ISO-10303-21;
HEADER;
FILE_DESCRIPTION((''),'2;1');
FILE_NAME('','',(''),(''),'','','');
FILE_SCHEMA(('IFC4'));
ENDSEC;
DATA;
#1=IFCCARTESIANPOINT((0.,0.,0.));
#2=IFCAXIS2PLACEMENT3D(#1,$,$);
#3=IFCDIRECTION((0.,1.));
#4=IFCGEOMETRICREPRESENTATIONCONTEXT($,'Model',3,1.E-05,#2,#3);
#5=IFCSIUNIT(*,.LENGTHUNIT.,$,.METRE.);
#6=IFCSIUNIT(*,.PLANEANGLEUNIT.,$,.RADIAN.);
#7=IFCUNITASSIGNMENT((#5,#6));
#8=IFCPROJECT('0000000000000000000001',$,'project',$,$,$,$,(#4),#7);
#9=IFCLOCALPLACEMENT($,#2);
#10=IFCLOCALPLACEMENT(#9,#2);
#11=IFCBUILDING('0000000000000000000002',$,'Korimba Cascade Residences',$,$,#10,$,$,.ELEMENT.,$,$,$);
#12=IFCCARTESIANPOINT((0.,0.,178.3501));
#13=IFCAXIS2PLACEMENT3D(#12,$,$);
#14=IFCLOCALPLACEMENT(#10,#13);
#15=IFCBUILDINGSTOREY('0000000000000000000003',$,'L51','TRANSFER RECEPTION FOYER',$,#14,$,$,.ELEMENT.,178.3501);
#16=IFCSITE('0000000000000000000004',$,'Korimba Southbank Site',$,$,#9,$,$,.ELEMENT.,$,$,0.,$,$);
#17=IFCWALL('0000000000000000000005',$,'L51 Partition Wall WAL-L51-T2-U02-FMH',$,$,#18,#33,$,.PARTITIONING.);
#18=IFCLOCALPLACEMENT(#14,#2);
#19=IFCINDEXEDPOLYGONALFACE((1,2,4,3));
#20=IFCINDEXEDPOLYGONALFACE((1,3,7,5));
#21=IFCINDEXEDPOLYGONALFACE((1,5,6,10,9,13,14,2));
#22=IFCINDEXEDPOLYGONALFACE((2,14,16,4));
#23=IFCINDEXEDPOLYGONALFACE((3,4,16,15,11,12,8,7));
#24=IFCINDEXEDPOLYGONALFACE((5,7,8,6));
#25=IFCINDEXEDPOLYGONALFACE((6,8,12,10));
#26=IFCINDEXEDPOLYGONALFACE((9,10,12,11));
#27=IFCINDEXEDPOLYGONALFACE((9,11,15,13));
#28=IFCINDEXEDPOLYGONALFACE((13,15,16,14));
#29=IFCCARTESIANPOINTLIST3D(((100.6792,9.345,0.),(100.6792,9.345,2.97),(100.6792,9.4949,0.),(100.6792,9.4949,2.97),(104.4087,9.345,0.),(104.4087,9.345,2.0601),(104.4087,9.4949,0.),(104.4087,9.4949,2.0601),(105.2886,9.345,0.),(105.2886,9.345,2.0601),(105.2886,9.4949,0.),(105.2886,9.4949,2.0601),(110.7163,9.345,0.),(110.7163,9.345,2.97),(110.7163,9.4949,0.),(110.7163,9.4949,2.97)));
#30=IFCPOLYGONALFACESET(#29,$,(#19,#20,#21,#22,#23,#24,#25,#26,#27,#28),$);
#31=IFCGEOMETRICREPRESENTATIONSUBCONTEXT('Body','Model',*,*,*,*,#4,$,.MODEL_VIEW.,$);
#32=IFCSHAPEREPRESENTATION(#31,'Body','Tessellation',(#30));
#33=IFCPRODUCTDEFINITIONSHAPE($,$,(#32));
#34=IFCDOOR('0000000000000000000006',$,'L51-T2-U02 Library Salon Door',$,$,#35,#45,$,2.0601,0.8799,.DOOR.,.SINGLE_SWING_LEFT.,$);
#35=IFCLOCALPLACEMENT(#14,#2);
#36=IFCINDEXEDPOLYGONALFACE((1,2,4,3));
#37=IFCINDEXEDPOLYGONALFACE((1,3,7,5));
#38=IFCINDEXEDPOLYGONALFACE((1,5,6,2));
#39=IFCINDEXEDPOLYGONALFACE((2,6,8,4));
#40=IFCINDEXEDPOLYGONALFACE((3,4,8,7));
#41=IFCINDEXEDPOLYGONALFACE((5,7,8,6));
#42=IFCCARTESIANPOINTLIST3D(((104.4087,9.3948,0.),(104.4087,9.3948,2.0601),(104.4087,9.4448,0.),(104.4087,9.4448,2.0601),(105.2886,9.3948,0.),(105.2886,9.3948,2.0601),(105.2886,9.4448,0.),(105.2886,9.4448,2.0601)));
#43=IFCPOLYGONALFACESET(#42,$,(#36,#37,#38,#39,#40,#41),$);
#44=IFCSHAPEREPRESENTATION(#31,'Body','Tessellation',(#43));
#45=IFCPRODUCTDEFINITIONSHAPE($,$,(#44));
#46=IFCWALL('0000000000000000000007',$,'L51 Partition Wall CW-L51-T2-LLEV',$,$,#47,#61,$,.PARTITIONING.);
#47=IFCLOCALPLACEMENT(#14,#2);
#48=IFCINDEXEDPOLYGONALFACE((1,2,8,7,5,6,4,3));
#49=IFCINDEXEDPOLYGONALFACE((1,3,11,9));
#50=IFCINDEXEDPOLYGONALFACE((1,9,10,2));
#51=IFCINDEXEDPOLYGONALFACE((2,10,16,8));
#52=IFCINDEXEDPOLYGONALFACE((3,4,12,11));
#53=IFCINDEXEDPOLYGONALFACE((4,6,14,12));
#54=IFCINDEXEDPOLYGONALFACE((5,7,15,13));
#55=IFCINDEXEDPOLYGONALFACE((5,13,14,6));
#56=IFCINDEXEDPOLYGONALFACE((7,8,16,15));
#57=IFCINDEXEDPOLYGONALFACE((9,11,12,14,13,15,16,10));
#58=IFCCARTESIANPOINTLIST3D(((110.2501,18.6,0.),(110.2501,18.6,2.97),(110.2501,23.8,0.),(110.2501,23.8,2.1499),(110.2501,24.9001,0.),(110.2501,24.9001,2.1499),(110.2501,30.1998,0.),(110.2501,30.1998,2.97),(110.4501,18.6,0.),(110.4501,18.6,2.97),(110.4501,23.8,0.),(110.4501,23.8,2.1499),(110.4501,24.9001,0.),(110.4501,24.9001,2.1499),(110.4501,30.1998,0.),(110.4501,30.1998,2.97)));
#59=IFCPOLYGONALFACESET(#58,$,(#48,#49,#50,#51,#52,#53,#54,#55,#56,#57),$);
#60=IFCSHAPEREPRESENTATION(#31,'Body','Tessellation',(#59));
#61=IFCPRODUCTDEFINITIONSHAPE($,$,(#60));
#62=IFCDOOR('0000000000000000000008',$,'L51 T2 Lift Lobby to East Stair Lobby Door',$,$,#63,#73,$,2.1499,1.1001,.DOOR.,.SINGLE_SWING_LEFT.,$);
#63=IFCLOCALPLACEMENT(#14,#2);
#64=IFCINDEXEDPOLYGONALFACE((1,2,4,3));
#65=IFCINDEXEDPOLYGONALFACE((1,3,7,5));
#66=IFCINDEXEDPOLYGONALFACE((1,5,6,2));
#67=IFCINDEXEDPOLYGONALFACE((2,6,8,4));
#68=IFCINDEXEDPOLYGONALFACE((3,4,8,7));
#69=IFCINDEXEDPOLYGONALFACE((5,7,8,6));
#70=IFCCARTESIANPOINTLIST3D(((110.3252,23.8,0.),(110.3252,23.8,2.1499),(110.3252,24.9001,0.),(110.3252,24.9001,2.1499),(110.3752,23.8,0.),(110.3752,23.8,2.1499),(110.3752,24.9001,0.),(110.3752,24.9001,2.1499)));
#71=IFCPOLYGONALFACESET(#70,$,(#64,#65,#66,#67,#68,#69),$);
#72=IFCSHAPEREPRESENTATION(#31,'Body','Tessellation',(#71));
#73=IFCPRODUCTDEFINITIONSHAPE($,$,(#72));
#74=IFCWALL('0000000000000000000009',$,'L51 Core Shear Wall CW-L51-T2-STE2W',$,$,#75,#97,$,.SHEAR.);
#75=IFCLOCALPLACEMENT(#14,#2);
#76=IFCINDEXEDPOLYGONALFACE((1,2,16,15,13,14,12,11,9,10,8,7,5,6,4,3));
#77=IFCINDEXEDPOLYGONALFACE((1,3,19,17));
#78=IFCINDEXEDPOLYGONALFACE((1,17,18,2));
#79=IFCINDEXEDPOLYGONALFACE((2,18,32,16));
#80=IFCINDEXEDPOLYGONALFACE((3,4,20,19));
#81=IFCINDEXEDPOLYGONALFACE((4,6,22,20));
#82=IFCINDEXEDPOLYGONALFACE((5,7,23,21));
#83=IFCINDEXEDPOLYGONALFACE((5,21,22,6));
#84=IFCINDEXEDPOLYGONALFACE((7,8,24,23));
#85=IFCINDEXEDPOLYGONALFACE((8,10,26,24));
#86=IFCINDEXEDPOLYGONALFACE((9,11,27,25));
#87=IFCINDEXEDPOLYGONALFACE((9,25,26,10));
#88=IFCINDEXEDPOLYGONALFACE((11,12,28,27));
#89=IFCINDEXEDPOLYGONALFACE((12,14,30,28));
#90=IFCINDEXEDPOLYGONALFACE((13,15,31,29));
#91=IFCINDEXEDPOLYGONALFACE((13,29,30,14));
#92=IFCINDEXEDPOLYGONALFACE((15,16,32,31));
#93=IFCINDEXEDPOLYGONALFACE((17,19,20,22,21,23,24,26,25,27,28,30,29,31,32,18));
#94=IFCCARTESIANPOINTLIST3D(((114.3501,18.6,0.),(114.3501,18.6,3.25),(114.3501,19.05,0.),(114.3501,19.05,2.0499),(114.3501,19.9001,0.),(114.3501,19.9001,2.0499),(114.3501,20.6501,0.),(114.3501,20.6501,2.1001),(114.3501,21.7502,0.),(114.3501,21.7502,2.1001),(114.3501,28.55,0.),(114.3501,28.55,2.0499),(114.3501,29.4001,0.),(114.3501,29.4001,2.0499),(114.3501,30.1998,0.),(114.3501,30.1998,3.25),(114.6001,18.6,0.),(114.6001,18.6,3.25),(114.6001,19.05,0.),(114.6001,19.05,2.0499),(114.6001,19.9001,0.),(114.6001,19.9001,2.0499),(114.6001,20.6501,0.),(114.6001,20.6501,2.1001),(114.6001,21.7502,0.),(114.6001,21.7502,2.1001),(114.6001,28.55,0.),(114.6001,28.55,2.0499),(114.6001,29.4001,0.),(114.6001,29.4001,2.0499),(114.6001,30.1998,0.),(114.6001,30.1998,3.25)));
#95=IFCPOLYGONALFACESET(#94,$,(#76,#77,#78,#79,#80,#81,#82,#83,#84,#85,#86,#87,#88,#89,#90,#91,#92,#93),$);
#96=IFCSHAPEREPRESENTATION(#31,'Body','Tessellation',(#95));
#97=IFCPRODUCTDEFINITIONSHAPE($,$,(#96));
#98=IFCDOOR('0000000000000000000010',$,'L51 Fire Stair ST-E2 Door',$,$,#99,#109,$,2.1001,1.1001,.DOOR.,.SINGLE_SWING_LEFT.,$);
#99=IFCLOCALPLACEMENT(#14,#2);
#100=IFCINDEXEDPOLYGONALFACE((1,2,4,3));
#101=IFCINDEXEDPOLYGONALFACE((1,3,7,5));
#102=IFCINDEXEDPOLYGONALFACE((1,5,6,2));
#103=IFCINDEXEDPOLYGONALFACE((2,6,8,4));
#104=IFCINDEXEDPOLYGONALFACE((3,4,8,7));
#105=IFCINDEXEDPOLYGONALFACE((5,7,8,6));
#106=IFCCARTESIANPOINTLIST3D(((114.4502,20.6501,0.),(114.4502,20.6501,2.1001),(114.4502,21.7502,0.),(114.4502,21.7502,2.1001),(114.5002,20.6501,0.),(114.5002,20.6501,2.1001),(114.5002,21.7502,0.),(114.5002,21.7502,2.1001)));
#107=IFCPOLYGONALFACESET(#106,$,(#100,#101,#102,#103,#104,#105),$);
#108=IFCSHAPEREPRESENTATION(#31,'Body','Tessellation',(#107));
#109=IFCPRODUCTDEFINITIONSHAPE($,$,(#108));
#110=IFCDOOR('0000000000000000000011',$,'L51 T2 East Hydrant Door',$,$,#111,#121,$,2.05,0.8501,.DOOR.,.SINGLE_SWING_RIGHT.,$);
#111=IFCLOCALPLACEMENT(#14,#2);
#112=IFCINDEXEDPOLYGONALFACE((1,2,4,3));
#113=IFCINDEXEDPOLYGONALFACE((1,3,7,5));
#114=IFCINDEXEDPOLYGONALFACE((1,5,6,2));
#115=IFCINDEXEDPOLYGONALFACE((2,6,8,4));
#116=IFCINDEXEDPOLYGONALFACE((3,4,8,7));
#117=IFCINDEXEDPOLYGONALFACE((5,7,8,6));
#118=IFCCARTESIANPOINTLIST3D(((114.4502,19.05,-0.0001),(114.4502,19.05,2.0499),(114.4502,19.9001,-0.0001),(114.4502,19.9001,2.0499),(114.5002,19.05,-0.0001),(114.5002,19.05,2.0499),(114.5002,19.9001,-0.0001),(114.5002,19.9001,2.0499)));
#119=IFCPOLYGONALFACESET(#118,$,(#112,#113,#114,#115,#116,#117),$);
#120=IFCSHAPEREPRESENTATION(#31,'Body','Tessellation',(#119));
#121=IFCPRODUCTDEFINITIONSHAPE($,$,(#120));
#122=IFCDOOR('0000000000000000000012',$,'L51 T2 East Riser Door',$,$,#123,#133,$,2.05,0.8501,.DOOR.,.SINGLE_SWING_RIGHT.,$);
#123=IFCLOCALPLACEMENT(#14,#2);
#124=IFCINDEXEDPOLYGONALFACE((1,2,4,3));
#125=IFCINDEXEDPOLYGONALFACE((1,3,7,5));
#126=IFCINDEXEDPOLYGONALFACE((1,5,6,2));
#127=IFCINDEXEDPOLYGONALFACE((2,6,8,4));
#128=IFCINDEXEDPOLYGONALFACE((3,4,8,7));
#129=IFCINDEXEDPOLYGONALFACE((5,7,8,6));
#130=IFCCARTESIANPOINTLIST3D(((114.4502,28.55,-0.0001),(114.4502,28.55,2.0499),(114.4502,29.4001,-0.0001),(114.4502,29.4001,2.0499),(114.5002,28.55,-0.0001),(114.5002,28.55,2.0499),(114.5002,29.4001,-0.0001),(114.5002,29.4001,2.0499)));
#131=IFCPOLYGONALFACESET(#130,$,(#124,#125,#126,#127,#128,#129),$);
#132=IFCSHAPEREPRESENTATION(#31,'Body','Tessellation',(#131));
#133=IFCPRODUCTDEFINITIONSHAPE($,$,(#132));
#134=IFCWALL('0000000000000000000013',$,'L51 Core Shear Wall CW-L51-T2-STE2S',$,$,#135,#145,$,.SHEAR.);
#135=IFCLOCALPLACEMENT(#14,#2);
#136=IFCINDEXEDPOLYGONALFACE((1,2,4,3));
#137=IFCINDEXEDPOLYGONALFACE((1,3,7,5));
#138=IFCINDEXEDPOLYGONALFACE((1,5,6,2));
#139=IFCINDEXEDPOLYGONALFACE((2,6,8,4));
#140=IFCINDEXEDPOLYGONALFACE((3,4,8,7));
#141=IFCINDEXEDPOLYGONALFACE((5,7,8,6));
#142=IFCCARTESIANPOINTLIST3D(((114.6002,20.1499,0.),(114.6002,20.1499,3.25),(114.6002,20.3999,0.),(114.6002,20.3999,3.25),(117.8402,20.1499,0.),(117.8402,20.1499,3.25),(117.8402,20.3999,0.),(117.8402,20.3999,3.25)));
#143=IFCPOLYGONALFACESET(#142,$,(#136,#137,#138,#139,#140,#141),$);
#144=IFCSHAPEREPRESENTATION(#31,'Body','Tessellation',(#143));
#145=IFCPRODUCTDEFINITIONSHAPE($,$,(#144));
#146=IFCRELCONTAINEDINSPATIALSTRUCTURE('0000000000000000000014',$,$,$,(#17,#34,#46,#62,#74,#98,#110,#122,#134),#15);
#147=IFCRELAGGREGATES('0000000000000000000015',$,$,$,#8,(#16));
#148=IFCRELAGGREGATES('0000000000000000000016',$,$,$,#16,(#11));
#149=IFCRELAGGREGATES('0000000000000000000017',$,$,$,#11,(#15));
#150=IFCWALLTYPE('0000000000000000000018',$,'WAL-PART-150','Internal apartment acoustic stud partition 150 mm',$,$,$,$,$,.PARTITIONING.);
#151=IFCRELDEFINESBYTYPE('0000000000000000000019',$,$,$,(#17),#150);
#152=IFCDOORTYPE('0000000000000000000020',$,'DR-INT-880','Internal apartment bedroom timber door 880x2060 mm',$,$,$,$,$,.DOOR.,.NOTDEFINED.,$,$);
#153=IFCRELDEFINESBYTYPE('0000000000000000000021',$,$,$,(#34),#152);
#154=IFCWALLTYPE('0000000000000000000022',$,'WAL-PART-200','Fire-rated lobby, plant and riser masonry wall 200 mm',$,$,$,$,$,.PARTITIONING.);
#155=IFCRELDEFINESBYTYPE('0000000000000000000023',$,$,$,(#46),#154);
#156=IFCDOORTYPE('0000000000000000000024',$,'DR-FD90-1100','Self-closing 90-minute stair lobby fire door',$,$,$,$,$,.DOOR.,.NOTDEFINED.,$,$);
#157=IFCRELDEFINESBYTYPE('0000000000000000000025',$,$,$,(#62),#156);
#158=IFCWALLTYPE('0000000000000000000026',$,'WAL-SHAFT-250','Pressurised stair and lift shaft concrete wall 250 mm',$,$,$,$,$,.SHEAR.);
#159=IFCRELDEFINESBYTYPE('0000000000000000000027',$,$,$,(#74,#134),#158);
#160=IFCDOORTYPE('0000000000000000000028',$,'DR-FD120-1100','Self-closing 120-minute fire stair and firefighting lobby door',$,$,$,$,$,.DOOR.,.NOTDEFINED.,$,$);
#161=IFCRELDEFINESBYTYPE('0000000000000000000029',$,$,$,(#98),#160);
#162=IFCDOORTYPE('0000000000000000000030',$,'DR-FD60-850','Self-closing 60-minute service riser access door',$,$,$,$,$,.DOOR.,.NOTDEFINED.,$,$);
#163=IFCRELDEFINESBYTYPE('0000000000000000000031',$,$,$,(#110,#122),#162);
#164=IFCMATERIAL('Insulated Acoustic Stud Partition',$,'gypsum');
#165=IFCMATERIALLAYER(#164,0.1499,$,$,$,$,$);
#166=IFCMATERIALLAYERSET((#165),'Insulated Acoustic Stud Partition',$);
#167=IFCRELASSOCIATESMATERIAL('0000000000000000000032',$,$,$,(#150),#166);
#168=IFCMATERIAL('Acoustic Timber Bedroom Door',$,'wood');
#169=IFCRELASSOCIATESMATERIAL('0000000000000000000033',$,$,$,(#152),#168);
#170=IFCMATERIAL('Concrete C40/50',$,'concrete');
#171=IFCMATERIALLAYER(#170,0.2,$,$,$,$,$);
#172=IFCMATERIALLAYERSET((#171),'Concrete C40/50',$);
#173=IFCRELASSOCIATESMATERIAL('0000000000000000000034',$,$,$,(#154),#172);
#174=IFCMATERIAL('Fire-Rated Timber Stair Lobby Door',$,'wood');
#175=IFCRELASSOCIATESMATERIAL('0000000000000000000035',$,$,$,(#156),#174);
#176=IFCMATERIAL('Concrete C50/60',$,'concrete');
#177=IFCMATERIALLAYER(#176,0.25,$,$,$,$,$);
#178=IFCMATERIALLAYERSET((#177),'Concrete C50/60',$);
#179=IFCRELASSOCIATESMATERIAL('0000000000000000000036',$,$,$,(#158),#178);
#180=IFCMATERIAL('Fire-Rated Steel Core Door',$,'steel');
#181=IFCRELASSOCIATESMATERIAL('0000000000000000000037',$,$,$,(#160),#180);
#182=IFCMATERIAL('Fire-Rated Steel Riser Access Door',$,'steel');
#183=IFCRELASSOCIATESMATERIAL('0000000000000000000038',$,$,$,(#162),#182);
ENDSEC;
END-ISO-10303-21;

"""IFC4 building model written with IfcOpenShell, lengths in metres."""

from ifc_helpers import new_model, si_unit, direction, frame, frame_2d, origin, place, context, subcontext, project, spatial, rectangle, extrude, material, layer, layer_set, type_object, element, fill, save


model = new_model("IFC4")

# Units and contexts
model_context = context("Model", 3, precision=1e-05, world=origin(), true_north=direction((0.0, 1.0)))
body_context = subcontext(model_context, "Body", "Model", "MODEL_VIEW")
ifc_project = project(units=[si_unit("LENGTHUNIT", "METRE"), si_unit("PLANEANGLEUNIT", "RADIAN")], contexts=[model_context])

# Site, building, storey
site_placement = place(None, origin())
site = spatial("IfcSite", under=ifc_project, at=site_placement, Name="Korimba Southbank Site", CompositionType="ELEMENT", RefElevation=0.0)
building_placement = place(site_placement, origin())
building = spatial("IfcBuilding", under=site, at=building_placement, Name="Korimba Cascade Residences", CompositionType="ELEMENT")
storey_placement = place(building_placement, frame((0.0, 0.0, 178.3501)))
storey = spatial("IfcBuildingStorey", under=building, at=storey_placement, Name="L51", Description="TRANSFER RECEPTION FOYER", CompositionType="ELEMENT", Elevation=178.3501)

# Shared definitions
ifc_material_1 = material(Name="Concrete C50/60", Category="concrete")

# Shared definitions
ifc_material_2 = material(Name="Insulated Acoustic Stud Partition", Category="gypsum")
ifc_layer_1 = layer(ifc_material_2, 0.1499)
ifc_layer_set_1 = layer_set([ifc_layer_1], Name="Insulated Acoustic Stud Partition")
wall_type_1 = type_object("IfcWallType", Name="WAL-PART-150", Description="Internal apartment acoustic stud partition 150 mm", PredefinedType="PARTITIONING", material=ifc_layer_set_1)

# Walls, openings, doors
wall_1_placement = place(storey_placement, frame((100.6792, 9.4199, 0.0), z_axis=(0.0, 0.0, 1.0), x_axis=(1.0, 0.0, 0.0)))
wall_1 = element("IfcWall", 1, at=wall_1_placement, inside=storey, type_object=wall_type_1, Name="L51 Partition Wall WAL-L51-T2-U02-FMH", PredefinedType="PARTITIONING", context=body_context, shape_type="SweptSolid", body=[
    extrude(rectangle(XDim=10.0371, YDim=0.1499, at=frame_2d((5.0186, 0.0))), origin(), (0.0, 0.0, 1.0), 2.97),
])
opening_1_placement = place(wall_1_placement, frame((3.7295, 0.0, 0.0)))
opening_1 = element("IfcOpeningElement", 2, at=opening_1_placement, cuts=wall_1, PredefinedType="OPENING", context=body_context, shape_type="SweptSolid", body=[
    extrude(rectangle(XDim=0.8799, YDim=2.0601, at=frame_2d((0.4399, 1.03))), frame((0.0, 0.085, 0.0), z_axis=(0.0, -1.0, 0.0), x_axis=(1.0, 0.0, 0.0)), (0.0, 0.0, 1.0), 0.1699),
])
ifc_material_3 = material(Name="Acoustic Timber Bedroom Door", Category="wood")
door_type_1 = type_object("IfcDoorType", Name="DR-INT-880", Description="Internal apartment bedroom timber door 880x2060 mm", OperationType="NOTDEFINED", PredefinedType="DOOR", material=ifc_material_3)
door_1_placement = place(opening_1_placement, origin())
door_1 = element("IfcDoor", 3, at=door_1_placement, inside=storey, type_object=door_type_1, Name="L51-T2-U02 Library Salon Door", OperationType="SINGLE_SWING_LEFT", OverallHeight=2.0601, OverallWidth=0.8799, PredefinedType="DOOR", context=body_context, shape_type="SweptSolid", body=[
    extrude(rectangle(XDim=0.8799, YDim=2.0601, at=frame_2d((0.4399, 1.03))), frame((0.0, 0.0249, 0.0), z_axis=(0.0, -1.0, 0.0), x_axis=(1.0, 0.0, 0.0)), (0.0, 0.0, 1.0), 0.05),
])
fill(opening_1, door_1)
ifc_material_4 = material(Name="Concrete C40/50", Category="concrete")
ifc_layer_2 = layer(ifc_material_4, 0.2)
ifc_layer_set_2 = layer_set([ifc_layer_2], Name="Concrete C40/50")
wall_type_2 = type_object("IfcWallType", Name="WAL-PART-200", Description="Fire-rated lobby, plant and riser masonry wall 200 mm", PredefinedType="PARTITIONING", material=ifc_layer_set_2)
wall_2_placement = place(storey_placement, frame((110.3501, 18.6001, 0.0), z_axis=(0.0, 0.0, 1.0), x_axis=(0.0, 1.0, 0.0)))
wall_2 = element("IfcWall", 4, at=wall_2_placement, inside=storey, type_object=wall_type_2, Name="L51 Partition Wall CW-L51-T2-LLEV", PredefinedType="PARTITIONING", context=body_context, shape_type="SweptSolid", body=[
    extrude(rectangle(XDim=11.5999, YDim=0.2, at=frame_2d((5.7998, 0.0))), origin(), (0.0, 0.0, 1.0), 2.97),
])
opening_2_placement = place(wall_2_placement, frame((5.2, 0.0, 0.0)))
opening_2 = element("IfcOpeningElement", 5, at=opening_2_placement, cuts=wall_2, PredefinedType="OPENING", context=body_context, shape_type="SweptSolid", body=[
    extrude(rectangle(XDim=1.1001, YDim=2.1499, at=frame_2d((0.55, 1.075))), frame((0.0, 0.1099, 0.0), z_axis=(0.0, -1.0, 0.0), x_axis=(1.0, 0.0, 0.0)), (0.0, 0.0, 1.0), 0.22),
])
ifc_material_5 = material(Name="Fire-Rated Timber Stair Lobby Door", Category="wood")
door_type_2 = type_object("IfcDoorType", Name="DR-FD90-1100", Description="Self-closing 90-minute stair lobby fire door", OperationType="NOTDEFINED", PredefinedType="DOOR", material=ifc_material_5)
door_2_placement = place(opening_2_placement, origin())
door_2 = element("IfcDoor", 6, at=door_2_placement, inside=storey, type_object=door_type_2, Name="L51 T2 Lift Lobby to East Stair Lobby Door", OperationType="SINGLE_SWING_LEFT", OverallHeight=2.1499, OverallWidth=1.1001, PredefinedType="DOOR", context=body_context, shape_type="SweptSolid", body=[
    extrude(rectangle(XDim=1.1001, YDim=2.1499, at=frame_2d((0.55, 1.075))), frame((0.0, 0.0249, 0.0), z_axis=(0.0, -1.0, 0.0), x_axis=(1.0, 0.0, 0.0)), (0.0, 0.0, 1.0), 0.05),
])
fill(opening_2, door_2)

# Wall, openings, doors
ifc_layer_3 = layer(ifc_material_1, 0.25)
ifc_layer_set_3 = layer_set([ifc_layer_3], Name="Concrete C50/60")
wall_type_3 = type_object("IfcWallType", Name="WAL-SHAFT-250", Description="Pressurised stair and lift shaft concrete wall 250 mm", PredefinedType="SHEAR", material=ifc_layer_set_3)
wall_3_placement = place(storey_placement, frame((114.4751, 18.6001, 0.0), z_axis=(0.0, 0.0, 1.0), x_axis=(0.0, 1.0, 0.0)))
wall_3 = element("IfcWall", 7, at=wall_3_placement, inside=storey, type_object=wall_type_3, Name="L51 Core Shear Wall CW-L51-T2-STE2W", PredefinedType="SHEAR", context=body_context, shape_type="SweptSolid", body=[
    extrude(rectangle(XDim=11.5999, YDim=0.25, at=frame_2d((5.7998, 0.0))), origin(), (0.0, 0.0, 1.0), 3.25),
])
opening_3_placement = place(wall_3_placement, frame((0.45, 0.0, 0.0)))
opening_3 = element("IfcOpeningElement", 8, at=opening_3_placement, cuts=wall_3, PredefinedType="OPENING", context=body_context, shape_type="SweptSolid", body=[
    extrude(rectangle(XDim=0.8501, YDim=2.05, at=frame_2d((0.425, 1.0249))), frame((0.0, 0.135, 0.0), z_axis=(0.0, -1.0, 0.0), x_axis=(1.0, 0.0, 0.0)), (0.0, 0.0, 1.0), 0.27),
])
opening_4_placement = place(wall_3_placement, frame((2.05, 0.0, 0.0)))
opening_4 = element("IfcOpeningElement", 9, at=opening_4_placement, cuts=wall_3, PredefinedType="OPENING", context=body_context, shape_type="SweptSolid", body=[
    extrude(rectangle(XDim=1.1001, YDim=2.1001, at=frame_2d((0.55, 1.05))), frame((0.0, 0.135, 0.0), z_axis=(0.0, -1.0, 0.0), x_axis=(1.0, 0.0, 0.0)), (0.0, 0.0, 1.0), 0.27),
])
opening_5_placement = place(wall_3_placement, frame((9.95, 0.0, 0.0)))
opening_5 = element("IfcOpeningElement", 10, at=opening_5_placement, cuts=wall_3, PredefinedType="OPENING", context=body_context, shape_type="SweptSolid", body=[
    extrude(rectangle(XDim=0.8501, YDim=2.05, at=frame_2d((0.425, 1.0249))), frame((0.0, 0.135, 0.0), z_axis=(0.0, -1.0, 0.0), x_axis=(1.0, 0.0, 0.0)), (0.0, 0.0, 1.0), 0.27),
])
ifc_material_6 = material(Name="Fire-Rated Steel Core Door", Category="steel")
door_type_3 = type_object("IfcDoorType", Name="DR-FD120-1100", Description="Self-closing 120-minute fire stair and firefighting lobby door", OperationType="NOTDEFINED", PredefinedType="DOOR", material=ifc_material_6)
door_3_placement = place(opening_4_placement, origin())
door_3 = element("IfcDoor", 11, at=door_3_placement, inside=storey, type_object=door_type_3, Name="L51 Fire Stair ST-E2 Door", OperationType="SINGLE_SWING_LEFT", OverallHeight=2.1001, OverallWidth=1.1001, PredefinedType="DOOR", context=body_context, shape_type="SweptSolid", body=[
    extrude(rectangle(XDim=1.1001, YDim=2.1001, at=frame_2d((0.55, 1.05))), frame((0.0, 0.0249, 0.0), z_axis=(0.0, -1.0, 0.0), x_axis=(1.0, 0.0, 0.0)), (0.0, 0.0, 1.0), 0.05),
])
fill(opening_4, door_3)
ifc_material_7 = material(Name="Fire-Rated Steel Riser Access Door", Category="steel")
door_type_4 = type_object("IfcDoorType", Name="DR-FD60-850", Description="Self-closing 60-minute service riser access door", OperationType="NOTDEFINED", PredefinedType="DOOR", material=ifc_material_7)
door_4_placement = place(opening_3_placement, origin())
door_4 = element("IfcDoor", 12, at=door_4_placement, inside=storey, type_object=door_type_4, Name="L51 T2 East Hydrant Door", OperationType="SINGLE_SWING_RIGHT", OverallHeight=2.05, OverallWidth=0.8501, PredefinedType="DOOR", context=body_context, shape_type="SweptSolid", body=[
    extrude(rectangle(XDim=0.8501, YDim=2.05, at=frame_2d((0.425, 1.0249))), frame((0.0, 0.0249, 0.0), z_axis=(0.0, -1.0, 0.0), x_axis=(1.0, 0.0, 0.0)), (0.0, 0.0, 1.0), 0.05),
])
fill(opening_3, door_4)
door_5_placement = place(opening_5_placement, origin())
door_5 = element("IfcDoor", 13, at=door_5_placement, inside=storey, type_object=door_type_4, Name="L51 T2 East Riser Door", OperationType="SINGLE_SWING_RIGHT", OverallHeight=2.05, OverallWidth=0.8501, PredefinedType="DOOR", context=body_context, shape_type="SweptSolid", body=[
    extrude(rectangle(XDim=0.8501, YDim=2.05, at=frame_2d((0.425, 1.0249))), frame((0.0, 0.0249, 0.0), z_axis=(0.0, -1.0, 0.0), x_axis=(1.0, 0.0, 0.0)), (0.0, 0.0, 1.0), 0.05),
])
fill(opening_5, door_5)

# Wall
wall_4_placement = place(storey_placement, frame((114.6001, 20.2749, 0.0), z_axis=(0.0, 0.0, 1.0), x_axis=(1.0, 0.0, 0.0)))
element("IfcWall", 14, at=wall_4_placement, inside=storey, type_object=wall_type_3, Name="L51 Core Shear Wall CW-L51-T2-STE2S", PredefinedType="SHEAR", context=body_context, shape_type="SweptSolid", body=[
    extrude(rectangle(XDim=3.24, YDim=0.25, at=frame_2d((1.6201, 0.0))), origin(), (0.0, 0.0, 1.0), 3.25),
])

save(model, "model.ifc")
